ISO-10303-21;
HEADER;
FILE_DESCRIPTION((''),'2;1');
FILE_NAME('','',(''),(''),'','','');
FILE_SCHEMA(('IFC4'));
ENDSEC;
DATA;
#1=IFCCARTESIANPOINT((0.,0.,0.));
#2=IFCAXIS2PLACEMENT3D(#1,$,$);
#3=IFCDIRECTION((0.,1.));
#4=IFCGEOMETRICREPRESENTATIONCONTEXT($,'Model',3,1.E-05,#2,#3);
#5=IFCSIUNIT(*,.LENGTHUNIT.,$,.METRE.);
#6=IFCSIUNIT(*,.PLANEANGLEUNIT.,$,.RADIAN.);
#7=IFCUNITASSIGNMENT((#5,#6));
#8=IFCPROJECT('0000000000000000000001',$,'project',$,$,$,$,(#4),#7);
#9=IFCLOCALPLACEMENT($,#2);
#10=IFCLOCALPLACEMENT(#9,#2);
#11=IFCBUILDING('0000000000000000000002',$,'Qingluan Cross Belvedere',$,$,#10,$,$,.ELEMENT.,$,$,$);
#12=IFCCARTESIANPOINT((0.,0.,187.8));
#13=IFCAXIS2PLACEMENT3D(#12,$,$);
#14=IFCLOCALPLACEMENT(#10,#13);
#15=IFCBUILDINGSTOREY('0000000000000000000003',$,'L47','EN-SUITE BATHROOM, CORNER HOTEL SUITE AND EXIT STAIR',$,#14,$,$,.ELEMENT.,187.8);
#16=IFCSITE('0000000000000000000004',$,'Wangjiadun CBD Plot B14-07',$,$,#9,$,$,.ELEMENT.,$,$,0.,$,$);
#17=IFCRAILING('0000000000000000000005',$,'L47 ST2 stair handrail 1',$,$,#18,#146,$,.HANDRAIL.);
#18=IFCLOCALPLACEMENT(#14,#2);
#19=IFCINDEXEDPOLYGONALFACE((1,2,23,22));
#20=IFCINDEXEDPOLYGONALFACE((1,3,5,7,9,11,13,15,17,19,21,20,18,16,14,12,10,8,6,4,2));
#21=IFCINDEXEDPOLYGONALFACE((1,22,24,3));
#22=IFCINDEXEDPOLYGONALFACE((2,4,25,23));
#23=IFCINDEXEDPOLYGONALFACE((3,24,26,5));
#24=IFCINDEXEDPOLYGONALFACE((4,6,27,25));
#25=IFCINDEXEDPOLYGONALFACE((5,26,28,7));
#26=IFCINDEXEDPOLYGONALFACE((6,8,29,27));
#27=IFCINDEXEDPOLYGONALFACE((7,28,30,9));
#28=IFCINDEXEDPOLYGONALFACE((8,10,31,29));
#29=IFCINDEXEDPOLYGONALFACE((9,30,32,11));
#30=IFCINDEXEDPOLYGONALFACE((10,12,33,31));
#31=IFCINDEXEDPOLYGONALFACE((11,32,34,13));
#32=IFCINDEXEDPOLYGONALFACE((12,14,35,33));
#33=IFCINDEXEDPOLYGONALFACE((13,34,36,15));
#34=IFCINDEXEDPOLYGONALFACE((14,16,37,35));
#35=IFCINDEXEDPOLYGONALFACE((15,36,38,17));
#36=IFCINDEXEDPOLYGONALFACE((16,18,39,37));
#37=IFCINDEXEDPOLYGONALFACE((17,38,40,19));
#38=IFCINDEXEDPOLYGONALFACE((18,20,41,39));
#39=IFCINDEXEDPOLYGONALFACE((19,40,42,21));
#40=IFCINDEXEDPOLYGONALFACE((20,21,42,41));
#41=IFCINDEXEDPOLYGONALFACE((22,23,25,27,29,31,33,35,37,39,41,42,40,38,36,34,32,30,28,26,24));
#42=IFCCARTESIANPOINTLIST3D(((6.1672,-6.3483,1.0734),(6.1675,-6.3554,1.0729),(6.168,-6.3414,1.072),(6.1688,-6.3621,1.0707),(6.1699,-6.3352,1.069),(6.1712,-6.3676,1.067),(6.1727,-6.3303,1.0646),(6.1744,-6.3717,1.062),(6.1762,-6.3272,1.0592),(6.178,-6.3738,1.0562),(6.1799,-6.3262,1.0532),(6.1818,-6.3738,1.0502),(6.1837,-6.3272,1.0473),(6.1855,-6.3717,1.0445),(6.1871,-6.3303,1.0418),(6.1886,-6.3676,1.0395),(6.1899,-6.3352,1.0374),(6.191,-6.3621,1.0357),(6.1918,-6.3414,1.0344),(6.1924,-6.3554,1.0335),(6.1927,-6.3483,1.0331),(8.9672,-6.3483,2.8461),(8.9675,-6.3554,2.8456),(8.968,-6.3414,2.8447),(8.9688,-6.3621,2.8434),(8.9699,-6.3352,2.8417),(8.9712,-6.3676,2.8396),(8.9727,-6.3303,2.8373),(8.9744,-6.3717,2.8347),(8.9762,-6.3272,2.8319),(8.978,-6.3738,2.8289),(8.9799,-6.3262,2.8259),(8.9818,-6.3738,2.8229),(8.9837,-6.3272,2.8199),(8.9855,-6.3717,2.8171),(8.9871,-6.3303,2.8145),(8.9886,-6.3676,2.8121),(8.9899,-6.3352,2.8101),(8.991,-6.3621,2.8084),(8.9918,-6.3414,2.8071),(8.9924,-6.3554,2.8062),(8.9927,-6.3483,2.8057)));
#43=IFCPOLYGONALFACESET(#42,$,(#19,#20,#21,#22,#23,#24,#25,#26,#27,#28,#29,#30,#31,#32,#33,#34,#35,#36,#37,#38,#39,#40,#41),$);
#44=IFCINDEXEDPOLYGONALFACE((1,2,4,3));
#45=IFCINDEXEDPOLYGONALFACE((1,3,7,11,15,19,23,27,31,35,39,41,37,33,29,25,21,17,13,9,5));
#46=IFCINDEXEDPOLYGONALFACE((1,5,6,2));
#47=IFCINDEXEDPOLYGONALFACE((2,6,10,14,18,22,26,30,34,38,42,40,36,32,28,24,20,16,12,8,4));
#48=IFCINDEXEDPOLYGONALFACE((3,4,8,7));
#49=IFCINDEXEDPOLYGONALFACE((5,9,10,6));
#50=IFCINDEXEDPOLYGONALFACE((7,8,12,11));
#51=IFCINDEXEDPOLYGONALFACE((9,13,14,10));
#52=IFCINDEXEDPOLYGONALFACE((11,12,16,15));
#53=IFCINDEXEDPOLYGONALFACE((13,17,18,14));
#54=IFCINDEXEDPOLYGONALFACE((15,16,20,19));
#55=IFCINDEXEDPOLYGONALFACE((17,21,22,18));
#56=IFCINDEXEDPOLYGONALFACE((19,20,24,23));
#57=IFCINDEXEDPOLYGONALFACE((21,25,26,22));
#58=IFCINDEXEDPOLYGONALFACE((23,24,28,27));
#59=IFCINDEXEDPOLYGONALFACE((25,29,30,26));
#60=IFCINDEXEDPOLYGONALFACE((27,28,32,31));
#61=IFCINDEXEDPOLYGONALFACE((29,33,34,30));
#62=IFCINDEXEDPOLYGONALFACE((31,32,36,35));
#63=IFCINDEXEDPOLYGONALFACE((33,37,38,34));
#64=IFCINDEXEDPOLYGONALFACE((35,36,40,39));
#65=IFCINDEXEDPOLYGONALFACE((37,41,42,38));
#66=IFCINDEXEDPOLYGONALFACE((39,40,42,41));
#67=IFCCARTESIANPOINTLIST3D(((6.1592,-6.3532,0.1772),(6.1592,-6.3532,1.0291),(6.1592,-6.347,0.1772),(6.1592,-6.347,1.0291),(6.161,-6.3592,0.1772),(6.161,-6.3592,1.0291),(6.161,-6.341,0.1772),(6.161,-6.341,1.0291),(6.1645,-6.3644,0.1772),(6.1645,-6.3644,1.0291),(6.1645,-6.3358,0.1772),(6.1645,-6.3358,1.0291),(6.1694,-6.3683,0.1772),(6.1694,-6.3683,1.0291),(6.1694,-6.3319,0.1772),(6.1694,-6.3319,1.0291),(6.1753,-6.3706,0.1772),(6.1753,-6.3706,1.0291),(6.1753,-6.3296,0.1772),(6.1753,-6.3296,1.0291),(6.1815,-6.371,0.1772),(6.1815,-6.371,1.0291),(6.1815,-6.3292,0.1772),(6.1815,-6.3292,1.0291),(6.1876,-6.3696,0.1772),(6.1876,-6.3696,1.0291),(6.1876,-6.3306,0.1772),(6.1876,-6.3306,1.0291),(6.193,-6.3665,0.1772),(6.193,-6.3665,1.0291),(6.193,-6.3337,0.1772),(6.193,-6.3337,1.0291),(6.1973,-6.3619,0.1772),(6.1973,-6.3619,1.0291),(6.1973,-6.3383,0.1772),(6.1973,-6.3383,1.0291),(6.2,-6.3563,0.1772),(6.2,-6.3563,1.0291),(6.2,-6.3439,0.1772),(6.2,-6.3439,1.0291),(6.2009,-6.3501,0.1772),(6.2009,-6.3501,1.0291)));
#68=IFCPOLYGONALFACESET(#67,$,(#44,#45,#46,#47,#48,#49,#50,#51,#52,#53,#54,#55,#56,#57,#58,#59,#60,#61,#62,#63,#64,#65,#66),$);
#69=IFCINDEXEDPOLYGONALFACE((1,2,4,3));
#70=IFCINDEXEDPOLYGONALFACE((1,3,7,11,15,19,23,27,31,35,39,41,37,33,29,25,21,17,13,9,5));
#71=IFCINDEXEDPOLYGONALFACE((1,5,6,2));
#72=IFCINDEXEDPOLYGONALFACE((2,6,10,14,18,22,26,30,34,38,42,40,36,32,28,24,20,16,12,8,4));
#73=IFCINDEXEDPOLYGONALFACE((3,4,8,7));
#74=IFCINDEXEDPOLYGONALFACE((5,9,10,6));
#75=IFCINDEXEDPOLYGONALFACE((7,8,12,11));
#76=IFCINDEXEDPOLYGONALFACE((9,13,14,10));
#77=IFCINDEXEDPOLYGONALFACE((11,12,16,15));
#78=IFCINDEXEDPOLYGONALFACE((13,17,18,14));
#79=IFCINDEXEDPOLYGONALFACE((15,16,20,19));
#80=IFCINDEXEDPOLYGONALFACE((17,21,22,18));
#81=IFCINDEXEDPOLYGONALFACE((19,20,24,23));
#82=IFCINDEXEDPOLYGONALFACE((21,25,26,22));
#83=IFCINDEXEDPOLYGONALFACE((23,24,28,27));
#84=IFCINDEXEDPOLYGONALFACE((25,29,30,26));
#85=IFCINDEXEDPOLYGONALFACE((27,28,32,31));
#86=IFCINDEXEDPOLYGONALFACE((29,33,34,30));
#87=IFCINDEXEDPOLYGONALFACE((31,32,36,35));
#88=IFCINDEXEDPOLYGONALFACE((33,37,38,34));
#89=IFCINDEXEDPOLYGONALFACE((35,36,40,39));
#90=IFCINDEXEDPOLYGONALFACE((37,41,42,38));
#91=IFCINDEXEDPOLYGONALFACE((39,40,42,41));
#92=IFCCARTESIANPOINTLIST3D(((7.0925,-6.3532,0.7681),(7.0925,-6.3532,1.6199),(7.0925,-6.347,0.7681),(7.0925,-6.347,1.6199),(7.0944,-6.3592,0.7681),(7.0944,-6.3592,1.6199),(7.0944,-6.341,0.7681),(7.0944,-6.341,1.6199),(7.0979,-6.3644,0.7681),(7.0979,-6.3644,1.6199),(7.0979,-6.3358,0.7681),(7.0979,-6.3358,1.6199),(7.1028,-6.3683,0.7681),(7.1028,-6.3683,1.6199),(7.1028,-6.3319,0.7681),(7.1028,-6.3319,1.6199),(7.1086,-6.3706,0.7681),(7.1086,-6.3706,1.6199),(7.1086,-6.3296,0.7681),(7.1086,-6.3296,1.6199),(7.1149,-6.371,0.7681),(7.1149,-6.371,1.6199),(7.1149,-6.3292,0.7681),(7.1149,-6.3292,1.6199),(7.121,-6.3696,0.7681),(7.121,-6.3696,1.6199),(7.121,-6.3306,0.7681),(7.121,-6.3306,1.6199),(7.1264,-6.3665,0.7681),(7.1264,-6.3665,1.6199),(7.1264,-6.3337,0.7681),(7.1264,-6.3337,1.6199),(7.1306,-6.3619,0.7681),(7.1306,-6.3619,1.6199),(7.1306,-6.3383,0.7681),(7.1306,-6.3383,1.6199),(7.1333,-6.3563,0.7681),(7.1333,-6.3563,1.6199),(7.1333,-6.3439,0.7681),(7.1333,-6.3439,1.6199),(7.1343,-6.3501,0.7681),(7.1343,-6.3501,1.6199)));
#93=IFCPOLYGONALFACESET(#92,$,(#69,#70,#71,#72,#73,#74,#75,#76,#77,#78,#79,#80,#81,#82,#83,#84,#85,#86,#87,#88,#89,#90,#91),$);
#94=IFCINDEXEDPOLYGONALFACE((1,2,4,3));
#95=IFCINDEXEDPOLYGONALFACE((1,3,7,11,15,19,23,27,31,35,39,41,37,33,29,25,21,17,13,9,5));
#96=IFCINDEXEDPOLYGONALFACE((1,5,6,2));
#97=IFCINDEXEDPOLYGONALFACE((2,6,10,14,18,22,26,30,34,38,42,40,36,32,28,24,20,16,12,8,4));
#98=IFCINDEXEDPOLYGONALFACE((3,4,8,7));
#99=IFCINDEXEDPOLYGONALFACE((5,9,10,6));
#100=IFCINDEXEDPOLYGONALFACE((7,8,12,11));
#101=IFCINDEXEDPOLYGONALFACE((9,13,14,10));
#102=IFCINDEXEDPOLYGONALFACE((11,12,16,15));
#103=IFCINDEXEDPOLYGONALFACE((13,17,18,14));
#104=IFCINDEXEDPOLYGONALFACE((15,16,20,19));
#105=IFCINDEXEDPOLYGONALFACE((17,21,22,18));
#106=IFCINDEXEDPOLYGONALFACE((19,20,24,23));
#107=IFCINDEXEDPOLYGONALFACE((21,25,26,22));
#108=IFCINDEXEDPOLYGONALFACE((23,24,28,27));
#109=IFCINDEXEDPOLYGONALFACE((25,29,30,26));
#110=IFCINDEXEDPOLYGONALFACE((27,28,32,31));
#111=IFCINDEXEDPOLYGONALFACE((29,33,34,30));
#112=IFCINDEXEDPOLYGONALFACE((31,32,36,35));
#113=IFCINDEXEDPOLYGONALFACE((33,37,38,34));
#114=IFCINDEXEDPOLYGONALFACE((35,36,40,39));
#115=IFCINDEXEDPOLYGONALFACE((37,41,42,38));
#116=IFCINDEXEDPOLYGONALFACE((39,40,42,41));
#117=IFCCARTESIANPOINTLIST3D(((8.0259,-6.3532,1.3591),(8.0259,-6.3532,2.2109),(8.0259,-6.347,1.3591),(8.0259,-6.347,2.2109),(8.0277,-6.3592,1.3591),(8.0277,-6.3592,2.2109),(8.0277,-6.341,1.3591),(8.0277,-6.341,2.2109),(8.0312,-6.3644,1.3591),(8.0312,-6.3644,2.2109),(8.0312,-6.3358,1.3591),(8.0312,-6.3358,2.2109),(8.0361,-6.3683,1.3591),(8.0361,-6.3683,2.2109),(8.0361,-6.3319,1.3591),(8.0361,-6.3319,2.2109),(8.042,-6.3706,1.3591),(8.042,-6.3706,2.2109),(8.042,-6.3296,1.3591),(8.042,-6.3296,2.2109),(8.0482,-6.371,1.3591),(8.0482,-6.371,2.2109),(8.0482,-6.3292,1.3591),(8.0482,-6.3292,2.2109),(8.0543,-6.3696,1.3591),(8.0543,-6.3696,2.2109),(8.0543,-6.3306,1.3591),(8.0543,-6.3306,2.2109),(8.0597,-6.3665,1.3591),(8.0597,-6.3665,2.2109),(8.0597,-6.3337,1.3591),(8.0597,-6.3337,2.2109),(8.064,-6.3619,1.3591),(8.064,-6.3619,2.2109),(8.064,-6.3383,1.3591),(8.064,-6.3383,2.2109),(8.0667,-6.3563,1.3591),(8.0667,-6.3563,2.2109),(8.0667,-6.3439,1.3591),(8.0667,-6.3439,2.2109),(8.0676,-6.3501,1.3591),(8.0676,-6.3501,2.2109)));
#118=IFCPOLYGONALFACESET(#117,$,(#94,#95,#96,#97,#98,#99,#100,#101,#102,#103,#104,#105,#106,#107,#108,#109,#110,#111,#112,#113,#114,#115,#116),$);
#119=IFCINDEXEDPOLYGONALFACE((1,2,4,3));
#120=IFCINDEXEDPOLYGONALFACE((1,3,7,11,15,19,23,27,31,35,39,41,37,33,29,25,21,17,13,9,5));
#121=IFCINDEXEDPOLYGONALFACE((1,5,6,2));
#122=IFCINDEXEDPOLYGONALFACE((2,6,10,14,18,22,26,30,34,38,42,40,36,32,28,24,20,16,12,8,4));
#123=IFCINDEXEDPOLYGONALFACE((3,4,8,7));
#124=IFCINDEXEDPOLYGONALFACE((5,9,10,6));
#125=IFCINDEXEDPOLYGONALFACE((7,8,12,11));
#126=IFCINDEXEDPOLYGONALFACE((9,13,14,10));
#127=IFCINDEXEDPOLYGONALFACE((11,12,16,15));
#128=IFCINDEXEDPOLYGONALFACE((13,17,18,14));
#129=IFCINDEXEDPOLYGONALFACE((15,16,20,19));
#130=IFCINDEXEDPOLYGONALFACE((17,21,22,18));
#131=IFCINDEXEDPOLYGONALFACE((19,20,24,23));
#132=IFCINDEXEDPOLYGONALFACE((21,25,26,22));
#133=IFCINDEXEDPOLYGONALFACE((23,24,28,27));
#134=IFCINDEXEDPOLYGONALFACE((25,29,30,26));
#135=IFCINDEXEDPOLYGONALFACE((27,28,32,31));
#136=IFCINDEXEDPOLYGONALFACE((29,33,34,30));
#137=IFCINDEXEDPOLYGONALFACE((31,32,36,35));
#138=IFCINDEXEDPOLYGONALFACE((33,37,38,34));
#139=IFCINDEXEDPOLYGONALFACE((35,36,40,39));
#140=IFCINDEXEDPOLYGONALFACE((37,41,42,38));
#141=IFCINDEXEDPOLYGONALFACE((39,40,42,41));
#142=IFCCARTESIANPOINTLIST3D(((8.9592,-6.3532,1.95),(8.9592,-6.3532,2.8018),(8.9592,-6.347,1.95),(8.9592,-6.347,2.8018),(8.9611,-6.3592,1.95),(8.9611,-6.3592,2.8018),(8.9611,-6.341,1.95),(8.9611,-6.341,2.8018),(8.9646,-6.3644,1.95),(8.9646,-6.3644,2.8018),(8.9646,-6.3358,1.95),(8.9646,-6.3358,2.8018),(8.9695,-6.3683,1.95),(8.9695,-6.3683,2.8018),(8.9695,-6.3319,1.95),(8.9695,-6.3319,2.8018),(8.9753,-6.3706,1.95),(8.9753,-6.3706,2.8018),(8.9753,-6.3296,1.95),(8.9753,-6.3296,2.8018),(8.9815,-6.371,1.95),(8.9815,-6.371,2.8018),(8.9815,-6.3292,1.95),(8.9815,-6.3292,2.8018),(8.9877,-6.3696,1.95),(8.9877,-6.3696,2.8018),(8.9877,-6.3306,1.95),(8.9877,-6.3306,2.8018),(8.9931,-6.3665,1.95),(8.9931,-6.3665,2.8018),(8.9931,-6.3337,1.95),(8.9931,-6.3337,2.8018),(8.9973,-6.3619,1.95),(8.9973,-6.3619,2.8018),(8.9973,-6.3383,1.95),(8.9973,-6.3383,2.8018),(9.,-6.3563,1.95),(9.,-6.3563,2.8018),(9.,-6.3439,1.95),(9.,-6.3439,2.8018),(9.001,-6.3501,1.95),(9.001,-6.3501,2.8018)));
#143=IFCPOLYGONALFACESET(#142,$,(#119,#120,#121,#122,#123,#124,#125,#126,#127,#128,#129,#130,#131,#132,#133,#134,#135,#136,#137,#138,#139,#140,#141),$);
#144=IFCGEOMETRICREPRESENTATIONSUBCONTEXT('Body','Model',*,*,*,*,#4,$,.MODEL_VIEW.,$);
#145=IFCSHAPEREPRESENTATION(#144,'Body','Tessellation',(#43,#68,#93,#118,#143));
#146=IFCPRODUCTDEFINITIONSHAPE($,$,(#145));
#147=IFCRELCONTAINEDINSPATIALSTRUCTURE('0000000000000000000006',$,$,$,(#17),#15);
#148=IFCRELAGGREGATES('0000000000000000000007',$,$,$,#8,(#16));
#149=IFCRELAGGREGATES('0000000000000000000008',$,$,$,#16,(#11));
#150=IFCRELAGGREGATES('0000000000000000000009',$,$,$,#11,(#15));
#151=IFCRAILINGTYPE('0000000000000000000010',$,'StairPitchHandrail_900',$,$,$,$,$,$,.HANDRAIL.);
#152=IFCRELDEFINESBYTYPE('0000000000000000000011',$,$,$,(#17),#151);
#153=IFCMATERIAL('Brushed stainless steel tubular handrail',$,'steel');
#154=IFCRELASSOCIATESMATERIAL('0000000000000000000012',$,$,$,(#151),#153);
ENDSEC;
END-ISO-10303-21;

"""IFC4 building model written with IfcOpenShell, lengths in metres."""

from ifc_helpers import new_model, si_unit, direction, frame, origin, origin_2d, place, context, subcontext, project, spatial, circle, extrude, material, type_object, element, save


model = new_model("IFC4")

# Units and contexts
model_context = context("Model", 3, precision=1e-05, world=origin(), true_north=direction((0.0, 1.0)))
body_context = subcontext(model_context, "Body", "Model", "MODEL_VIEW")
ifc_project = project(units=[si_unit("LENGTHUNIT", "METRE"), si_unit("PLANEANGLEUNIT", "RADIAN")], contexts=[model_context])

# Site, building, storey
site_placement = place(None, origin())
site = spatial("IfcSite", under=ifc_project, at=site_placement, Name="Wangjiadun CBD Plot B14-07", CompositionType="ELEMENT", RefElevation=0.0)
building_placement = place(site_placement, origin())
building = spatial("IfcBuilding", under=site, at=building_placement, Name="Qingluan Cross Belvedere", CompositionType="ELEMENT")
storey_placement = place(building_placement, frame((0.0, 0.0, 187.8)))
storey = spatial("IfcBuildingStorey", under=building, at=storey_placement, Name="L47", Description="EN-SUITE BATHROOM, CORNER HOTEL SUITE AND EXIT STAIR", CompositionType="ELEMENT", Elevation=187.8)

# Railing
ifc_material_1 = material(Name="Brushed stainless steel tubular handrail", Category="steel")
railing_type_1 = type_object("IfcRailingType", Name="StairPitchHandrail_900", PredefinedType="HANDRAIL", material=ifc_material_1)
railing_1_placement = place(storey_placement, frame((6.1799, -6.3501, 0.1772)))
element("IfcRailing", 1, at=railing_1_placement, inside=storey, type_object=railing_type_1, Name="L47 ST2 stair handrail 1", PredefinedType="HANDRAIL", context=body_context, shape_type="SweptSolid", body=[
    extrude(circle(Radius=0.0239, at=origin_2d()), frame((0.0, 0.0, 0.876), z_axis=(0.844909, 0.0, 0.53491), x_axis=(0.0, 1.0, 0.0)), (0.0, 0.0, 1.0), 3.314),
    extrude(circle(Radius=0.021, at=origin_2d()), origin(), (0.0, 0.0, 1.0), 0.8518),
    extrude(circle(Radius=0.021, at=origin_2d()), frame((0.9333, 0.0, 0.5908)), (0.0, 0.0, 1.0), 0.8518),
    extrude(circle(Radius=0.021, at=origin_2d()), frame((1.8667, 0.0, 1.1819)), (0.0, 0.0, 1.0), 0.8518),
    extrude(circle(Radius=0.021, at=origin_2d()), frame((2.8, 0.0, 1.7727)), (0.0, 0.0, 1.0), 0.8518),
])

save(model, "model.ifc")
